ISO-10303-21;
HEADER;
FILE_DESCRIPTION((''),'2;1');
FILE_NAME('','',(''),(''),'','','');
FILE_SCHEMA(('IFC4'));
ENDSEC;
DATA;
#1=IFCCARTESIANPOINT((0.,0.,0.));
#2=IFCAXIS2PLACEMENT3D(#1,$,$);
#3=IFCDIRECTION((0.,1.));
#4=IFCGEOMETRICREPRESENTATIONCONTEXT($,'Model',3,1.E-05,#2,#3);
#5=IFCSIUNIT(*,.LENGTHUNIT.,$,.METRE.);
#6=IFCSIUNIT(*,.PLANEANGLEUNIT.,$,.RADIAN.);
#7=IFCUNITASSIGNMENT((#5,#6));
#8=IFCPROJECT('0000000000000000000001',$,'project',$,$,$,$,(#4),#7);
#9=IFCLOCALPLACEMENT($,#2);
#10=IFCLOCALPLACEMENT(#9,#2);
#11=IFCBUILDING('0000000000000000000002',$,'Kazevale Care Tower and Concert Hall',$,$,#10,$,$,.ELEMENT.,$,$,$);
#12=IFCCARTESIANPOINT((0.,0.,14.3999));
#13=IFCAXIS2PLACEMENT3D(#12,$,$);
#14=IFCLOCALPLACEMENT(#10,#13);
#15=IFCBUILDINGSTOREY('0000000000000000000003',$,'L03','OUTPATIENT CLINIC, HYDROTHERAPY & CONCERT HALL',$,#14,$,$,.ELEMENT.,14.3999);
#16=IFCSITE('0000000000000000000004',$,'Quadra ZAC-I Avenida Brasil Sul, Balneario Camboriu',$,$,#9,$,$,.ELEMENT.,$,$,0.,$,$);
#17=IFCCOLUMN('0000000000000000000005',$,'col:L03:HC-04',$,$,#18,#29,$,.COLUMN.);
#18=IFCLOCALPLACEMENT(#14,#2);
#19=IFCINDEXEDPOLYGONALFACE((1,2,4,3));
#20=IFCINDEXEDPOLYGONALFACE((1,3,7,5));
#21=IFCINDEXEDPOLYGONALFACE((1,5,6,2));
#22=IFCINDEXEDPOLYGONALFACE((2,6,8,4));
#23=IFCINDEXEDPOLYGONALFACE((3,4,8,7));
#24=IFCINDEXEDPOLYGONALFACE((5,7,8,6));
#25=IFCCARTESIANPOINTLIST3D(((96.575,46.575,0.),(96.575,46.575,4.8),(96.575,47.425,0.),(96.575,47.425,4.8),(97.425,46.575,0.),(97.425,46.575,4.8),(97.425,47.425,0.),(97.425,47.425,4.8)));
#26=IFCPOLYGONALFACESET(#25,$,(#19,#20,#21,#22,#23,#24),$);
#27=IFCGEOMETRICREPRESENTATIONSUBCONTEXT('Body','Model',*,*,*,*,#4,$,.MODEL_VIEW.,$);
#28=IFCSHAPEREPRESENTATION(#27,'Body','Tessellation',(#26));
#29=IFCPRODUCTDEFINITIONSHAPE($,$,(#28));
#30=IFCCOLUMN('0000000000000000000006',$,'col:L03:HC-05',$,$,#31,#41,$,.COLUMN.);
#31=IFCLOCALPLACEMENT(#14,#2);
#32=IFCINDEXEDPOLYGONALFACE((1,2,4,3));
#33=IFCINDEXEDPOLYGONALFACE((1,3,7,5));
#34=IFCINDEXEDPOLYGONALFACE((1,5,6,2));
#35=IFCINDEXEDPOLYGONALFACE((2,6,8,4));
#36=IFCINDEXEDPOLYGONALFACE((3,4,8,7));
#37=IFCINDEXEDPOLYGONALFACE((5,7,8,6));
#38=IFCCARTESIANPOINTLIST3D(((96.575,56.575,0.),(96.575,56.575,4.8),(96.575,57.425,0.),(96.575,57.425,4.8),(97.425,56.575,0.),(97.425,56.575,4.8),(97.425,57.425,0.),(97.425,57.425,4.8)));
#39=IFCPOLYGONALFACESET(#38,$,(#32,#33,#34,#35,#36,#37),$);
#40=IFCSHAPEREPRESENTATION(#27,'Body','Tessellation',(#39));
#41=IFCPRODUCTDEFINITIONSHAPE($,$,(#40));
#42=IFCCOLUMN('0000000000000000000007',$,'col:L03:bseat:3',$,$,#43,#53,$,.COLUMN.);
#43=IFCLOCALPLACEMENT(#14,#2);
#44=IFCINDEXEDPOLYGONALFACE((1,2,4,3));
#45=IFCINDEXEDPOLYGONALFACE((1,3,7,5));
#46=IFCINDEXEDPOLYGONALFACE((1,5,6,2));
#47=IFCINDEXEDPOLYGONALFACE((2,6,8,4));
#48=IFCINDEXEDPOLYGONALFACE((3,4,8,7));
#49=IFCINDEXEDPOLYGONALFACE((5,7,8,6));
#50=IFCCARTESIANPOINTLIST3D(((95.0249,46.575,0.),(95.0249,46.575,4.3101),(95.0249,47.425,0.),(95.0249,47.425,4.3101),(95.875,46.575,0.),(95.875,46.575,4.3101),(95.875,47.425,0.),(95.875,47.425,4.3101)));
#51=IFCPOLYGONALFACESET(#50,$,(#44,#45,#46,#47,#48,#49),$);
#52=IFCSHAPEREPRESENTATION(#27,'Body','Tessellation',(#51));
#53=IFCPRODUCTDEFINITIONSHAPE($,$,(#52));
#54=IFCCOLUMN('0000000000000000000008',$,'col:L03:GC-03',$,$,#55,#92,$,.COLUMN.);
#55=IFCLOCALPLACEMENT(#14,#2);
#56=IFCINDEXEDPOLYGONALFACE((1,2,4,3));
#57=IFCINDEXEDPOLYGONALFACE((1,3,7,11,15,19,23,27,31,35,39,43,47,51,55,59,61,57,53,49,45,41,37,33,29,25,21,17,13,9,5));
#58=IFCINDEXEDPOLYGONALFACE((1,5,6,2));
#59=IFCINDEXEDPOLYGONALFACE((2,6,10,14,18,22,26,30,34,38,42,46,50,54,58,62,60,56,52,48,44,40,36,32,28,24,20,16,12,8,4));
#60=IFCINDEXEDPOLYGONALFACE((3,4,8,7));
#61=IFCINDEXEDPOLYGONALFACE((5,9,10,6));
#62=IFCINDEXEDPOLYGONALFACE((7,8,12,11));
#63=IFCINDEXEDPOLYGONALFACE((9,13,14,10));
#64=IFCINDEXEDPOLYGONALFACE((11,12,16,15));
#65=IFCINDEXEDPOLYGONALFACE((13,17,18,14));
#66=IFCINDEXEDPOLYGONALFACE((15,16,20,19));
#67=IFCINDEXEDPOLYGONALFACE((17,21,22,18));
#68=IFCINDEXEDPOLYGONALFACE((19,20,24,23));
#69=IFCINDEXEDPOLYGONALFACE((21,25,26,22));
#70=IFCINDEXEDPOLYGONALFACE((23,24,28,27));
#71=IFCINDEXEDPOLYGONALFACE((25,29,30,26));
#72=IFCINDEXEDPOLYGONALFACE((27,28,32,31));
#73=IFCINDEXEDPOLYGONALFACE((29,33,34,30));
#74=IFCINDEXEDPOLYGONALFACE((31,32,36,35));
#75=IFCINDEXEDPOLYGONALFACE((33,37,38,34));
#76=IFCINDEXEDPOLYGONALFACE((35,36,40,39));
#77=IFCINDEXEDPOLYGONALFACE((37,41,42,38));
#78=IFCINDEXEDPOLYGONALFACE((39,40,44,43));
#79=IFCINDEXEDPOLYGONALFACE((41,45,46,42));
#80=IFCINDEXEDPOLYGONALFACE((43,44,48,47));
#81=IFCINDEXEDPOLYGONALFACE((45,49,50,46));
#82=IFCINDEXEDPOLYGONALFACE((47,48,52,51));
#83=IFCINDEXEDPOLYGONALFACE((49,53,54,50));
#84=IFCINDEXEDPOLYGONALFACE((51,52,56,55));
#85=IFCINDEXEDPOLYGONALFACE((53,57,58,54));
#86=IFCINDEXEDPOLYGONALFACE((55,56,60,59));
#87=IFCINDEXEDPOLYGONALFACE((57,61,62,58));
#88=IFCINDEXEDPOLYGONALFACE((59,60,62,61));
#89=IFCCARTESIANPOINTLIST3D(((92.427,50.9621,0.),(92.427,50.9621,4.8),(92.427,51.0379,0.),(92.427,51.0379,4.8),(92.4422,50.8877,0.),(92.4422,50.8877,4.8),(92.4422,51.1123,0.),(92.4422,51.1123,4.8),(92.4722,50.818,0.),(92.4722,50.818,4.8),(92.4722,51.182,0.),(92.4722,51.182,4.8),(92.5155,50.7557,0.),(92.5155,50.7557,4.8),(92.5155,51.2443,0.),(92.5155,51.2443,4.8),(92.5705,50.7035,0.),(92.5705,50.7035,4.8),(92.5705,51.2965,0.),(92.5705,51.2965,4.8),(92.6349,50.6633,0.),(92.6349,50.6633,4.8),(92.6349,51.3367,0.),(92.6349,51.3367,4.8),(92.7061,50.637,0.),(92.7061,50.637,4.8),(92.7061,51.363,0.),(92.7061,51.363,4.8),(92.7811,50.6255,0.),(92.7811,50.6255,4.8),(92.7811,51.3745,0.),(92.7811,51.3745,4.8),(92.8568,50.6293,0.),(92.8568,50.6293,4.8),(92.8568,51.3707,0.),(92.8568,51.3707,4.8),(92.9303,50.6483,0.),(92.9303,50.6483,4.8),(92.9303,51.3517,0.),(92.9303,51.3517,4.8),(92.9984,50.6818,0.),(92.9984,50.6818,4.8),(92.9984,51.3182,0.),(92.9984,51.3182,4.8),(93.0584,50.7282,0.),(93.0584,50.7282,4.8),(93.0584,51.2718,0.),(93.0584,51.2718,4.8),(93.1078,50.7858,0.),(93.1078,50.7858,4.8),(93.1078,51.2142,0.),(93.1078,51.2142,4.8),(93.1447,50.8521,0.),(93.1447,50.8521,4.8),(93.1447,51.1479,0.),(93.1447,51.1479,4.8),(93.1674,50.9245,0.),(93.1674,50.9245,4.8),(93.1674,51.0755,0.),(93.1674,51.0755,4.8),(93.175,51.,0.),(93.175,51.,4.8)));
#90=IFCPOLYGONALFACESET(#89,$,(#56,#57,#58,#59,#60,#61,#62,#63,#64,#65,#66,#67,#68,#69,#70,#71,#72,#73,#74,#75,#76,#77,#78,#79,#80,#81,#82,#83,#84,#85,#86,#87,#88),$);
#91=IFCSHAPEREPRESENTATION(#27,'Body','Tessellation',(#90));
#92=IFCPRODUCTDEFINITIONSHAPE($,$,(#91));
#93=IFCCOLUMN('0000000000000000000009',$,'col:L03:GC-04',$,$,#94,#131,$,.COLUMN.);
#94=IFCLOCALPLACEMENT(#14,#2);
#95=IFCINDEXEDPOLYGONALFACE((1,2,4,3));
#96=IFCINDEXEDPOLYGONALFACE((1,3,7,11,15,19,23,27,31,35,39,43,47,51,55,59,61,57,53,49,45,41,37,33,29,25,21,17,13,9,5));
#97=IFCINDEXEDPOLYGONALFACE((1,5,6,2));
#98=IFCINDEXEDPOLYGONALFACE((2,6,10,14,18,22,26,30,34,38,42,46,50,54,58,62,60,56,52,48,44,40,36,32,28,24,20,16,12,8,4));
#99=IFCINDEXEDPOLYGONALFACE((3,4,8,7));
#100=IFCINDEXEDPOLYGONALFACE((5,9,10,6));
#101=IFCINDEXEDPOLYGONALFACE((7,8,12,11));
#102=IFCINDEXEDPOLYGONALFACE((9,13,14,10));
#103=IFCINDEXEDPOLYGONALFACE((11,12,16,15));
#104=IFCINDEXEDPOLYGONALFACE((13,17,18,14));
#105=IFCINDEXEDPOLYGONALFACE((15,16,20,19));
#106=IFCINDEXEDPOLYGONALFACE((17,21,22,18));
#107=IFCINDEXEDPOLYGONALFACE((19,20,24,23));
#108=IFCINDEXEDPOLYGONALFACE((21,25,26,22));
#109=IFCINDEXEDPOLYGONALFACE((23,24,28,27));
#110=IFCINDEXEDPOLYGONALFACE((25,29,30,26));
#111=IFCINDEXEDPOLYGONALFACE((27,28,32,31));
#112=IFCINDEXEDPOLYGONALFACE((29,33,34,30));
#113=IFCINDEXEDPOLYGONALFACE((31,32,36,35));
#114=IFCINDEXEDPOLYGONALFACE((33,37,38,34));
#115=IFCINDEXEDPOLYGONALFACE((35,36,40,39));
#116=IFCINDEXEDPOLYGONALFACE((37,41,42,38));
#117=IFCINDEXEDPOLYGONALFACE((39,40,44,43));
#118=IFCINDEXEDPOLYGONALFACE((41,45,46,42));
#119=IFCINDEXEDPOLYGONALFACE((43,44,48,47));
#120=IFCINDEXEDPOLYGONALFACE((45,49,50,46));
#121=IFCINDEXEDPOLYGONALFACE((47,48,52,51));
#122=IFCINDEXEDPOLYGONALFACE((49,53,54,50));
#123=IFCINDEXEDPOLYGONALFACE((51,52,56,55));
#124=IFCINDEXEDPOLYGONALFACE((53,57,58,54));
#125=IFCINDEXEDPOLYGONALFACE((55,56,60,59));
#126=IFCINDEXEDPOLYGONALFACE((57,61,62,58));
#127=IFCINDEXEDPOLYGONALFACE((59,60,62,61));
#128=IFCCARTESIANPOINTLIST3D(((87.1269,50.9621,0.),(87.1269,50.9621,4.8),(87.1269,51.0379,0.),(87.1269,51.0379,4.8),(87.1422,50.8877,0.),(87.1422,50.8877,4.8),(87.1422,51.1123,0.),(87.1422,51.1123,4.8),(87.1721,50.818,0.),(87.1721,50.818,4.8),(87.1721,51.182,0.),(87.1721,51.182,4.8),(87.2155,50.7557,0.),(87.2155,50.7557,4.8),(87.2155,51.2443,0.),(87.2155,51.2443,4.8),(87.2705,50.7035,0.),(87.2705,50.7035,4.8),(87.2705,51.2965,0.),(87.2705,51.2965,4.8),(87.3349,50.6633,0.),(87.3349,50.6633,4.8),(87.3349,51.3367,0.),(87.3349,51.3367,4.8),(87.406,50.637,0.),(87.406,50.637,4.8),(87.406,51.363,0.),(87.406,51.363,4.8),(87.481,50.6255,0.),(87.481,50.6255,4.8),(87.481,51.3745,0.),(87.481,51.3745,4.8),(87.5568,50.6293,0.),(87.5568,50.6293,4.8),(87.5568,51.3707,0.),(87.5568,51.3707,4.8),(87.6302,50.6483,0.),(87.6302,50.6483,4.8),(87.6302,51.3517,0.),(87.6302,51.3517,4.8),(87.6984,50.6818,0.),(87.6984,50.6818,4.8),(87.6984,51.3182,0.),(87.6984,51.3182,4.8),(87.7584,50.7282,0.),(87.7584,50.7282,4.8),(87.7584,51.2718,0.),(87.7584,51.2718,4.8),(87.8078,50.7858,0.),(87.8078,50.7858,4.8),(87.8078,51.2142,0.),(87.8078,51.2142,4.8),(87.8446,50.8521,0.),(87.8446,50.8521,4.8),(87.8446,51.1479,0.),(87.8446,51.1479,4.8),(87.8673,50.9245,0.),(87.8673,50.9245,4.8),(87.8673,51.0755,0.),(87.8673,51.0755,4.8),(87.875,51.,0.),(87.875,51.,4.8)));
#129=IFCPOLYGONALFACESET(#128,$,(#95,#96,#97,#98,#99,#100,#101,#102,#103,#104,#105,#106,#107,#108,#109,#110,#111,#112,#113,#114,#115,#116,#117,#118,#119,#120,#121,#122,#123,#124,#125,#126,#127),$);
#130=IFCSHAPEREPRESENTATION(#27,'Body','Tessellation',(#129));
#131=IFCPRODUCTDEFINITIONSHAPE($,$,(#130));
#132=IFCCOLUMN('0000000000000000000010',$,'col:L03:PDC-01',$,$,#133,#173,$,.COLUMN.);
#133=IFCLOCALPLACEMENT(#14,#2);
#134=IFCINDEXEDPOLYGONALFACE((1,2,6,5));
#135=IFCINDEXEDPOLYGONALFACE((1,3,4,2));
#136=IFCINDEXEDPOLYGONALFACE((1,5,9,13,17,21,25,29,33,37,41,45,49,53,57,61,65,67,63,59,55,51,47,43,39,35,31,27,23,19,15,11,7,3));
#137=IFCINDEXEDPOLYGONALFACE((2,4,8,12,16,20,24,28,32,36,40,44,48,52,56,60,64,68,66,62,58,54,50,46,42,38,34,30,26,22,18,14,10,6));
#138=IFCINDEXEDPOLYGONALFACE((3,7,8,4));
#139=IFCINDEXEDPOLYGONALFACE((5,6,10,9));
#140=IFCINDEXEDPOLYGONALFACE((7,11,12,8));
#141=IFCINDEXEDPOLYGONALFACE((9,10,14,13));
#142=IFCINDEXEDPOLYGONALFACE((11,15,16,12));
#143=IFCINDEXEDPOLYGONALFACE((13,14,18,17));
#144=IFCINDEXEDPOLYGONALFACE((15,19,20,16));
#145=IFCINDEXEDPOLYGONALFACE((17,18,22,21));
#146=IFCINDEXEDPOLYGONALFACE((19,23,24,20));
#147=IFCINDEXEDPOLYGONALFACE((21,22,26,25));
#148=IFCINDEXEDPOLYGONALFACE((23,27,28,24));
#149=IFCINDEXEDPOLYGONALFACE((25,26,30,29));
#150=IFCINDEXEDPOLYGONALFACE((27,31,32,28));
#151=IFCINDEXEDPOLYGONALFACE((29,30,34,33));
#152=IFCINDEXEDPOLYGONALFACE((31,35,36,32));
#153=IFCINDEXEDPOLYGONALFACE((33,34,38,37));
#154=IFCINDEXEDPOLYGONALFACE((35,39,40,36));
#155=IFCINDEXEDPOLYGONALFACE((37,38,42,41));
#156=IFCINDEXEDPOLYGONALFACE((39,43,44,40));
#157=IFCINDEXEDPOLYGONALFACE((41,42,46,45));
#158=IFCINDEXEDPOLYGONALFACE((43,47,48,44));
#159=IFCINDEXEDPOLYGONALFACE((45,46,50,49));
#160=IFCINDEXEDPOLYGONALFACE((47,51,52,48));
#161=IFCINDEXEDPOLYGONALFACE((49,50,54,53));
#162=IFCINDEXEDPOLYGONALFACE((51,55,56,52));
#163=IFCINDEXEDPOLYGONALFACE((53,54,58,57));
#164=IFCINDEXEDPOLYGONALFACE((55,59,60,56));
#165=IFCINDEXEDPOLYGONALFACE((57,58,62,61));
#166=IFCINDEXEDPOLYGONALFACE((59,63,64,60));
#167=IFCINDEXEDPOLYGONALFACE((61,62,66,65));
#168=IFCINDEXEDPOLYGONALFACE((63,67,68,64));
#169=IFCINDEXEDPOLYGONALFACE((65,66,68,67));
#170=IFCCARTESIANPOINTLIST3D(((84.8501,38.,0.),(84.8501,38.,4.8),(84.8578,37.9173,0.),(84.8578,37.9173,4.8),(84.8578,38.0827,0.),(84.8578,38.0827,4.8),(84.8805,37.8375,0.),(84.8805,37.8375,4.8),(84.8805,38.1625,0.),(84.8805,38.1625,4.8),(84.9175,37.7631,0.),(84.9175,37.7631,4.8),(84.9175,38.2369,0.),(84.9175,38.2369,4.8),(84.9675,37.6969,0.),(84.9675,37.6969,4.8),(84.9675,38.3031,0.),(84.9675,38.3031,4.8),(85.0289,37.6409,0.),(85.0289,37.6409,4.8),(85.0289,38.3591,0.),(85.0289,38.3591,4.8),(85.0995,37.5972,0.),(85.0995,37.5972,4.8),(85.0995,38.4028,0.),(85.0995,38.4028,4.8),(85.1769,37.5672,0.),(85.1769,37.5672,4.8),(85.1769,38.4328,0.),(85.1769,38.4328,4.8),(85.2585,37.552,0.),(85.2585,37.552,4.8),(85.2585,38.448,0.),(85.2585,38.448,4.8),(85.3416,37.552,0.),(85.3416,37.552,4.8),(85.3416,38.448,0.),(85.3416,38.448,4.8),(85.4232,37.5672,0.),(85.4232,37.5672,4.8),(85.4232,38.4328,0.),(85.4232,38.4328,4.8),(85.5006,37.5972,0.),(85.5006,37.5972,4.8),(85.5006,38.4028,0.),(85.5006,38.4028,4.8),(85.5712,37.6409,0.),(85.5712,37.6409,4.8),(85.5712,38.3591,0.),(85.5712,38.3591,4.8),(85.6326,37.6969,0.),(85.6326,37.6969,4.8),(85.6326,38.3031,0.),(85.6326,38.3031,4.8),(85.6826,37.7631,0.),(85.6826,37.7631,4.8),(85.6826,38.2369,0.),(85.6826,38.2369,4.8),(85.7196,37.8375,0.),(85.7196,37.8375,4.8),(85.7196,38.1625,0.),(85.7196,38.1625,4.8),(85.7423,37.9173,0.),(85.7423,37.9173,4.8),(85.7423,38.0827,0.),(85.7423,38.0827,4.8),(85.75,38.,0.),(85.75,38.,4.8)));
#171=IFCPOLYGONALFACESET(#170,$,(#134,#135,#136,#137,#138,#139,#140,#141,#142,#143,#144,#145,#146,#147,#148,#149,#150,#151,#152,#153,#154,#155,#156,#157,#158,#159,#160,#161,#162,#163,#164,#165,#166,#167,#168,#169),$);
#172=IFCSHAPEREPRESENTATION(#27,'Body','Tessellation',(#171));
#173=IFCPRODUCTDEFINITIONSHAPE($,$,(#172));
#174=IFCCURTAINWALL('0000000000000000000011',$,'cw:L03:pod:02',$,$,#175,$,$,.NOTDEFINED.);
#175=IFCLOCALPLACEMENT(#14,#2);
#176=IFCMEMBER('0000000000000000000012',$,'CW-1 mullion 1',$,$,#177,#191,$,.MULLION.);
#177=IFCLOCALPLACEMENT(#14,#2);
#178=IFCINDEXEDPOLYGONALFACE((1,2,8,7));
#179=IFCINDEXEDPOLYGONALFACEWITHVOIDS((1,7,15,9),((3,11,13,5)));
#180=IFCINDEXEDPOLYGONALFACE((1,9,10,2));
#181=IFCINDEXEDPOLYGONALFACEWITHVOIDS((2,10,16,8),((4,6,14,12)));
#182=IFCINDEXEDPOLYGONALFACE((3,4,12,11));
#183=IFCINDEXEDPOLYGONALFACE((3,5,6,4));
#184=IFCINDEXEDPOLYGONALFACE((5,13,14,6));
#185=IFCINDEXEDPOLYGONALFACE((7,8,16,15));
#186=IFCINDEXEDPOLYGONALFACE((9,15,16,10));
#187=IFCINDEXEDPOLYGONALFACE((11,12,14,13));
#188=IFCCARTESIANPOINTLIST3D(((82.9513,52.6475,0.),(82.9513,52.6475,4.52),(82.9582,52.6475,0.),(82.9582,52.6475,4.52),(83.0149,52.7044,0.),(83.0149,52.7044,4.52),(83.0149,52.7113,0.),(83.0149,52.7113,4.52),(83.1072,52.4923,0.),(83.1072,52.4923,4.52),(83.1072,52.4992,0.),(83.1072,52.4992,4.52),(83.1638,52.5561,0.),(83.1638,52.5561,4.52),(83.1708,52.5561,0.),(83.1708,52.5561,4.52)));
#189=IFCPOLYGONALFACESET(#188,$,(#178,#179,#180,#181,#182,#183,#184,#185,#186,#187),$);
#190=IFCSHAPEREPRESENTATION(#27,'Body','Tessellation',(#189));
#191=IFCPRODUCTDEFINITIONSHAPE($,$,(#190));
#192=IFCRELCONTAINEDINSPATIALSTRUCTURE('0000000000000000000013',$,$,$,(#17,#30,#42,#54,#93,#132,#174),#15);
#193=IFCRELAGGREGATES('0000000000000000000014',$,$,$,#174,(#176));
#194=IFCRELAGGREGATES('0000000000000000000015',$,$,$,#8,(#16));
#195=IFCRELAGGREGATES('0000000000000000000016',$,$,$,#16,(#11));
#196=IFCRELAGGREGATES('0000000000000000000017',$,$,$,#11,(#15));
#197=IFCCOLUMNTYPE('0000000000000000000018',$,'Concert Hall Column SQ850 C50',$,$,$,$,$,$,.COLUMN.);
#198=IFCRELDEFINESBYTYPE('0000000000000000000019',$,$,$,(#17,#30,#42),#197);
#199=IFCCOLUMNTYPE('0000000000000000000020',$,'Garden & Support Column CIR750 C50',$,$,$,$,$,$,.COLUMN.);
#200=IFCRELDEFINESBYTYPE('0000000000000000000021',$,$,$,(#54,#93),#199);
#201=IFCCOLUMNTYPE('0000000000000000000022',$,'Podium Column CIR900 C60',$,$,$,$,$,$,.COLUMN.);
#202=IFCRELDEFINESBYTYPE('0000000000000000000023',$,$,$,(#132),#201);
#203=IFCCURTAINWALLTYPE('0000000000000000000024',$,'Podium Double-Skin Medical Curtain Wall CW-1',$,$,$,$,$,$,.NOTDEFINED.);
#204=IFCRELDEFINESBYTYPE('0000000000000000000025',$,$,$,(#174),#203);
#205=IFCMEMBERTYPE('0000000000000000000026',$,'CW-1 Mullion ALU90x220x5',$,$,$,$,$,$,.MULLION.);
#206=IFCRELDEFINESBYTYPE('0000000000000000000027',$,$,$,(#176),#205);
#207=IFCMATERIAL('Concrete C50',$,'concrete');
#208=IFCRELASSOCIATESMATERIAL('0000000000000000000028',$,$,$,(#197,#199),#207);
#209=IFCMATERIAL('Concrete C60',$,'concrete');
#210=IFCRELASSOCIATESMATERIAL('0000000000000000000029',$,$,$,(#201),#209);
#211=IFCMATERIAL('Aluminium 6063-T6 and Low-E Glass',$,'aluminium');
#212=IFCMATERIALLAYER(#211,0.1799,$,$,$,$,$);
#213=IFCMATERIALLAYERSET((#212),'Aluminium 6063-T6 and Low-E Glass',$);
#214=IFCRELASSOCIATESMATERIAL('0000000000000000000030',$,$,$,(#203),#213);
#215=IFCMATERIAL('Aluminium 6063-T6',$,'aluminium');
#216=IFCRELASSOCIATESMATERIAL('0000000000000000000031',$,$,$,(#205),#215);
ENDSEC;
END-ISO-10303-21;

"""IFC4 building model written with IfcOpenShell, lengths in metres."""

from ifc_helpers import new_model, si_unit, direction, frame, origin, origin_2d, place, context, subcontext, project, spatial, rectangle, hollow_rectangle, circle, extrude, material, layer, layer_set, material_profile, profile_set, type_object, element, aggregate, save


model = new_model("IFC4")

# Units and contexts
model_context = context("Model", 3, precision=1e-05, world=origin(), true_north=direction((0.0, 1.0)))
body_context = subcontext(model_context, "Body", "Model", "MODEL_VIEW")
ifc_project = project(units=[si_unit("LENGTHUNIT", "METRE"), si_unit("PLANEANGLEUNIT", "RADIAN")], contexts=[model_context])

# Site, building, storey
site_placement = place(None, origin())
site = spatial("IfcSite", under=ifc_project, at=site_placement, Name="Quadra ZAC-I Avenida Brasil Sul, Balneario Camboriu", CompositionType="ELEMENT", RefElevation=0.0)
building_placement = place(site_placement, origin())
building = spatial("IfcBuilding", under=site, at=building_placement, Name="Kazevale Care Tower and Concert Hall", CompositionType="ELEMENT")
storey_placement = place(building_placement, frame((0.0, 0.0, 14.3999)))
storey = spatial("IfcBuildingStorey", under=building, at=storey_placement, Name="L03", Description="OUTPATIENT CLINIC, HYDROTHERAPY & CONCERT HALL", CompositionType="ELEMENT", Elevation=14.3999)

# Columns
ifc_material_1 = material(Name="Concrete C50", Category="concrete")
ifc_material_profile_1 = material_profile(ifc_material_1, rectangle(XDim=0.8501, YDim=0.8501, at=origin_2d()), Name="RC-SQ850")
ifc_profile_set_1 = profile_set([ifc_material_profile_1], Name="Concrete C50")
column_type_1 = type_object("IfcColumnType", Name="Concert Hall Column SQ850 C50", PredefinedType="COLUMN", material=ifc_profile_set_1)
for number, where, z_axis, x_axis, name in (
    (1, (97.0, 47.0, 0.0), (0.0, 0.0, 1.0), (1.0, 0.0, 0.0), "col:L03:HC-04"),
    (2, (97.0, 57.0, 0.0), (0.0, 0.0, 1.0), (1.0, 0.0, 0.0), "col:L03:HC-05"),
):
    element("IfcColumn", number, at=place(storey_placement, frame(where, z_axis=z_axis, x_axis=x_axis)), inside=storey, type_object=column_type_1, Name=name, PredefinedType="COLUMN", context=body_context, shape_type="SweptSolid", body=[
        extrude(rectangle(XDim=0.8501, YDim=0.8501, at=origin_2d()), origin(), (0.0, 0.0, 1.0), 4.8),
    ])
column_1_placement = place(storey_placement, frame((95.45, 47.0, 0.0), z_axis=(0.0, 0.0, 1.0), x_axis=(1.0, 0.0, 0.0)))
element("IfcColumn", 3, at=column_1_placement, inside=storey, type_object=column_type_1, Name="col:L03:bseat:3", PredefinedType="COLUMN", context=body_context, shape_type="SweptSolid", body=[
    extrude(rectangle(XDim=0.8501, YDim=0.8501, at=origin_2d()), origin(), (0.0, 0.0, 1.0), 4.3101),
])
ifc_material_profile_2 = material_profile(ifc_material_1, circle(Radius=0.375, at=origin_2d()), Name="RC-CIR750")
ifc_profile_set_2 = profile_set([ifc_material_profile_2], Name="Concrete C50")
column_type_2 = type_object("IfcColumnType", Name="Garden & Support Column CIR750 C50", PredefinedType="COLUMN", material=ifc_profile_set_2)
for number, where, z_axis, x_axis, name in (
    (4, (92.8, 51.0, 0.0), (0.0, 0.0, 1.0), (1.0, 0.0, 0.0), "col:L03:GC-03"),
    (5, (87.5, 51.0, 0.0), (0.0, 0.0, 1.0), (1.0, 0.0, 0.0), "col:L03:GC-04"),
):
    element("IfcColumn", number, at=place(storey_placement, frame(where, z_axis=z_axis, x_axis=x_axis)), inside=storey, type_object=column_type_2, Name=name, PredefinedType="COLUMN", context=body_context, shape_type="SweptSolid", body=[
        extrude(circle(Radius=0.375, at=origin_2d()), origin(), (0.0, 0.0, 1.0), 4.8),
    ])
ifc_material_2 = material(Name="Concrete C60", Category="concrete")
ifc_material_profile_3 = material_profile(ifc_material_2, circle(Radius=0.45, at=origin_2d()), Name="RC-CIR900")
ifc_profile_set_3 = profile_set([ifc_material_profile_3], Name="Concrete C60")
column_type_3 = type_object("IfcColumnType", Name="Podium Column CIR900 C60", PredefinedType="COLUMN", material=ifc_profile_set_3)
column_2_placement = place(storey_placement, frame((85.3, 38.0, 0.0), z_axis=(0.0, 0.0, 1.0), x_axis=(1.0, 0.0, 0.0)))
element("IfcColumn", 6, at=column_2_placement, inside=storey, type_object=column_type_3, Name="col:L03:PDC-01", PredefinedType="COLUMN", context=body_context, shape_type="SweptSolid", body=[
    extrude(circle(Radius=0.45, at=origin_2d()), origin(), (0.0, 0.0, 1.0), 4.8),
])

# Curtain wall, member
ifc_material_3 = material(Name="Aluminium 6063-T6 and Low-E Glass", Category="aluminium")
ifc_layer_1 = layer(ifc_material_3, 0.1799)
ifc_layer_set_1 = layer_set([ifc_layer_1], Name="Aluminium 6063-T6 and Low-E Glass")
curtain_wall_type_1 = type_object("IfcCurtainWallType", Name="Podium Double-Skin Medical Curtain Wall CW-1", PredefinedType="NOTDEFINED", material=ifc_layer_set_1)
curtain_wall_1_placement = place(storey_placement, origin())
curtain_wall_1 = element("IfcCurtainWall", 7, at=curtain_wall_1_placement, inside=storey, type_object=curtain_wall_type_1, Name="cw:L03:pod:02", PredefinedType="NOTDEFINED")
ifc_material_4 = material(Name="Aluminium 6063-T6", Category="aluminium")
ifc_material_profile_4 = material_profile(ifc_material_4, hollow_rectangle(XDim=0.0901, YDim=0.22, WallThickness=0.0049, at=origin_2d()), Name="ALU90x220x5")
ifc_profile_set_4 = profile_set([ifc_material_profile_4], Name="Aluminium 6063-T6")
member_type_1 = type_object("IfcMemberType", Name="CW-1 Mullion ALU90x220x5", PredefinedType="MULLION", material=ifc_profile_set_4)
member_1_placement = place(storey_placement, frame((83.061, 52.6018, 0.0), z_axis=(0.0, 0.0, 1.0), x_axis=(-0.705656, -0.708555, 0.0)))
member_1 = element("IfcMember", 8, at=member_1_placement, type_object=member_type_1, Name="CW-1 mullion 1", PredefinedType="MULLION", context=body_context, shape_type="SweptSolid", body=[
    extrude(hollow_rectangle(XDim=0.0901, YDim=0.22, WallThickness=0.0049, at=origin_2d()), origin(), (0.0, 0.0, 1.0), 4.52),
])
aggregate(curtain_wall_1, [member_1])

save(model, "model.ifc")
